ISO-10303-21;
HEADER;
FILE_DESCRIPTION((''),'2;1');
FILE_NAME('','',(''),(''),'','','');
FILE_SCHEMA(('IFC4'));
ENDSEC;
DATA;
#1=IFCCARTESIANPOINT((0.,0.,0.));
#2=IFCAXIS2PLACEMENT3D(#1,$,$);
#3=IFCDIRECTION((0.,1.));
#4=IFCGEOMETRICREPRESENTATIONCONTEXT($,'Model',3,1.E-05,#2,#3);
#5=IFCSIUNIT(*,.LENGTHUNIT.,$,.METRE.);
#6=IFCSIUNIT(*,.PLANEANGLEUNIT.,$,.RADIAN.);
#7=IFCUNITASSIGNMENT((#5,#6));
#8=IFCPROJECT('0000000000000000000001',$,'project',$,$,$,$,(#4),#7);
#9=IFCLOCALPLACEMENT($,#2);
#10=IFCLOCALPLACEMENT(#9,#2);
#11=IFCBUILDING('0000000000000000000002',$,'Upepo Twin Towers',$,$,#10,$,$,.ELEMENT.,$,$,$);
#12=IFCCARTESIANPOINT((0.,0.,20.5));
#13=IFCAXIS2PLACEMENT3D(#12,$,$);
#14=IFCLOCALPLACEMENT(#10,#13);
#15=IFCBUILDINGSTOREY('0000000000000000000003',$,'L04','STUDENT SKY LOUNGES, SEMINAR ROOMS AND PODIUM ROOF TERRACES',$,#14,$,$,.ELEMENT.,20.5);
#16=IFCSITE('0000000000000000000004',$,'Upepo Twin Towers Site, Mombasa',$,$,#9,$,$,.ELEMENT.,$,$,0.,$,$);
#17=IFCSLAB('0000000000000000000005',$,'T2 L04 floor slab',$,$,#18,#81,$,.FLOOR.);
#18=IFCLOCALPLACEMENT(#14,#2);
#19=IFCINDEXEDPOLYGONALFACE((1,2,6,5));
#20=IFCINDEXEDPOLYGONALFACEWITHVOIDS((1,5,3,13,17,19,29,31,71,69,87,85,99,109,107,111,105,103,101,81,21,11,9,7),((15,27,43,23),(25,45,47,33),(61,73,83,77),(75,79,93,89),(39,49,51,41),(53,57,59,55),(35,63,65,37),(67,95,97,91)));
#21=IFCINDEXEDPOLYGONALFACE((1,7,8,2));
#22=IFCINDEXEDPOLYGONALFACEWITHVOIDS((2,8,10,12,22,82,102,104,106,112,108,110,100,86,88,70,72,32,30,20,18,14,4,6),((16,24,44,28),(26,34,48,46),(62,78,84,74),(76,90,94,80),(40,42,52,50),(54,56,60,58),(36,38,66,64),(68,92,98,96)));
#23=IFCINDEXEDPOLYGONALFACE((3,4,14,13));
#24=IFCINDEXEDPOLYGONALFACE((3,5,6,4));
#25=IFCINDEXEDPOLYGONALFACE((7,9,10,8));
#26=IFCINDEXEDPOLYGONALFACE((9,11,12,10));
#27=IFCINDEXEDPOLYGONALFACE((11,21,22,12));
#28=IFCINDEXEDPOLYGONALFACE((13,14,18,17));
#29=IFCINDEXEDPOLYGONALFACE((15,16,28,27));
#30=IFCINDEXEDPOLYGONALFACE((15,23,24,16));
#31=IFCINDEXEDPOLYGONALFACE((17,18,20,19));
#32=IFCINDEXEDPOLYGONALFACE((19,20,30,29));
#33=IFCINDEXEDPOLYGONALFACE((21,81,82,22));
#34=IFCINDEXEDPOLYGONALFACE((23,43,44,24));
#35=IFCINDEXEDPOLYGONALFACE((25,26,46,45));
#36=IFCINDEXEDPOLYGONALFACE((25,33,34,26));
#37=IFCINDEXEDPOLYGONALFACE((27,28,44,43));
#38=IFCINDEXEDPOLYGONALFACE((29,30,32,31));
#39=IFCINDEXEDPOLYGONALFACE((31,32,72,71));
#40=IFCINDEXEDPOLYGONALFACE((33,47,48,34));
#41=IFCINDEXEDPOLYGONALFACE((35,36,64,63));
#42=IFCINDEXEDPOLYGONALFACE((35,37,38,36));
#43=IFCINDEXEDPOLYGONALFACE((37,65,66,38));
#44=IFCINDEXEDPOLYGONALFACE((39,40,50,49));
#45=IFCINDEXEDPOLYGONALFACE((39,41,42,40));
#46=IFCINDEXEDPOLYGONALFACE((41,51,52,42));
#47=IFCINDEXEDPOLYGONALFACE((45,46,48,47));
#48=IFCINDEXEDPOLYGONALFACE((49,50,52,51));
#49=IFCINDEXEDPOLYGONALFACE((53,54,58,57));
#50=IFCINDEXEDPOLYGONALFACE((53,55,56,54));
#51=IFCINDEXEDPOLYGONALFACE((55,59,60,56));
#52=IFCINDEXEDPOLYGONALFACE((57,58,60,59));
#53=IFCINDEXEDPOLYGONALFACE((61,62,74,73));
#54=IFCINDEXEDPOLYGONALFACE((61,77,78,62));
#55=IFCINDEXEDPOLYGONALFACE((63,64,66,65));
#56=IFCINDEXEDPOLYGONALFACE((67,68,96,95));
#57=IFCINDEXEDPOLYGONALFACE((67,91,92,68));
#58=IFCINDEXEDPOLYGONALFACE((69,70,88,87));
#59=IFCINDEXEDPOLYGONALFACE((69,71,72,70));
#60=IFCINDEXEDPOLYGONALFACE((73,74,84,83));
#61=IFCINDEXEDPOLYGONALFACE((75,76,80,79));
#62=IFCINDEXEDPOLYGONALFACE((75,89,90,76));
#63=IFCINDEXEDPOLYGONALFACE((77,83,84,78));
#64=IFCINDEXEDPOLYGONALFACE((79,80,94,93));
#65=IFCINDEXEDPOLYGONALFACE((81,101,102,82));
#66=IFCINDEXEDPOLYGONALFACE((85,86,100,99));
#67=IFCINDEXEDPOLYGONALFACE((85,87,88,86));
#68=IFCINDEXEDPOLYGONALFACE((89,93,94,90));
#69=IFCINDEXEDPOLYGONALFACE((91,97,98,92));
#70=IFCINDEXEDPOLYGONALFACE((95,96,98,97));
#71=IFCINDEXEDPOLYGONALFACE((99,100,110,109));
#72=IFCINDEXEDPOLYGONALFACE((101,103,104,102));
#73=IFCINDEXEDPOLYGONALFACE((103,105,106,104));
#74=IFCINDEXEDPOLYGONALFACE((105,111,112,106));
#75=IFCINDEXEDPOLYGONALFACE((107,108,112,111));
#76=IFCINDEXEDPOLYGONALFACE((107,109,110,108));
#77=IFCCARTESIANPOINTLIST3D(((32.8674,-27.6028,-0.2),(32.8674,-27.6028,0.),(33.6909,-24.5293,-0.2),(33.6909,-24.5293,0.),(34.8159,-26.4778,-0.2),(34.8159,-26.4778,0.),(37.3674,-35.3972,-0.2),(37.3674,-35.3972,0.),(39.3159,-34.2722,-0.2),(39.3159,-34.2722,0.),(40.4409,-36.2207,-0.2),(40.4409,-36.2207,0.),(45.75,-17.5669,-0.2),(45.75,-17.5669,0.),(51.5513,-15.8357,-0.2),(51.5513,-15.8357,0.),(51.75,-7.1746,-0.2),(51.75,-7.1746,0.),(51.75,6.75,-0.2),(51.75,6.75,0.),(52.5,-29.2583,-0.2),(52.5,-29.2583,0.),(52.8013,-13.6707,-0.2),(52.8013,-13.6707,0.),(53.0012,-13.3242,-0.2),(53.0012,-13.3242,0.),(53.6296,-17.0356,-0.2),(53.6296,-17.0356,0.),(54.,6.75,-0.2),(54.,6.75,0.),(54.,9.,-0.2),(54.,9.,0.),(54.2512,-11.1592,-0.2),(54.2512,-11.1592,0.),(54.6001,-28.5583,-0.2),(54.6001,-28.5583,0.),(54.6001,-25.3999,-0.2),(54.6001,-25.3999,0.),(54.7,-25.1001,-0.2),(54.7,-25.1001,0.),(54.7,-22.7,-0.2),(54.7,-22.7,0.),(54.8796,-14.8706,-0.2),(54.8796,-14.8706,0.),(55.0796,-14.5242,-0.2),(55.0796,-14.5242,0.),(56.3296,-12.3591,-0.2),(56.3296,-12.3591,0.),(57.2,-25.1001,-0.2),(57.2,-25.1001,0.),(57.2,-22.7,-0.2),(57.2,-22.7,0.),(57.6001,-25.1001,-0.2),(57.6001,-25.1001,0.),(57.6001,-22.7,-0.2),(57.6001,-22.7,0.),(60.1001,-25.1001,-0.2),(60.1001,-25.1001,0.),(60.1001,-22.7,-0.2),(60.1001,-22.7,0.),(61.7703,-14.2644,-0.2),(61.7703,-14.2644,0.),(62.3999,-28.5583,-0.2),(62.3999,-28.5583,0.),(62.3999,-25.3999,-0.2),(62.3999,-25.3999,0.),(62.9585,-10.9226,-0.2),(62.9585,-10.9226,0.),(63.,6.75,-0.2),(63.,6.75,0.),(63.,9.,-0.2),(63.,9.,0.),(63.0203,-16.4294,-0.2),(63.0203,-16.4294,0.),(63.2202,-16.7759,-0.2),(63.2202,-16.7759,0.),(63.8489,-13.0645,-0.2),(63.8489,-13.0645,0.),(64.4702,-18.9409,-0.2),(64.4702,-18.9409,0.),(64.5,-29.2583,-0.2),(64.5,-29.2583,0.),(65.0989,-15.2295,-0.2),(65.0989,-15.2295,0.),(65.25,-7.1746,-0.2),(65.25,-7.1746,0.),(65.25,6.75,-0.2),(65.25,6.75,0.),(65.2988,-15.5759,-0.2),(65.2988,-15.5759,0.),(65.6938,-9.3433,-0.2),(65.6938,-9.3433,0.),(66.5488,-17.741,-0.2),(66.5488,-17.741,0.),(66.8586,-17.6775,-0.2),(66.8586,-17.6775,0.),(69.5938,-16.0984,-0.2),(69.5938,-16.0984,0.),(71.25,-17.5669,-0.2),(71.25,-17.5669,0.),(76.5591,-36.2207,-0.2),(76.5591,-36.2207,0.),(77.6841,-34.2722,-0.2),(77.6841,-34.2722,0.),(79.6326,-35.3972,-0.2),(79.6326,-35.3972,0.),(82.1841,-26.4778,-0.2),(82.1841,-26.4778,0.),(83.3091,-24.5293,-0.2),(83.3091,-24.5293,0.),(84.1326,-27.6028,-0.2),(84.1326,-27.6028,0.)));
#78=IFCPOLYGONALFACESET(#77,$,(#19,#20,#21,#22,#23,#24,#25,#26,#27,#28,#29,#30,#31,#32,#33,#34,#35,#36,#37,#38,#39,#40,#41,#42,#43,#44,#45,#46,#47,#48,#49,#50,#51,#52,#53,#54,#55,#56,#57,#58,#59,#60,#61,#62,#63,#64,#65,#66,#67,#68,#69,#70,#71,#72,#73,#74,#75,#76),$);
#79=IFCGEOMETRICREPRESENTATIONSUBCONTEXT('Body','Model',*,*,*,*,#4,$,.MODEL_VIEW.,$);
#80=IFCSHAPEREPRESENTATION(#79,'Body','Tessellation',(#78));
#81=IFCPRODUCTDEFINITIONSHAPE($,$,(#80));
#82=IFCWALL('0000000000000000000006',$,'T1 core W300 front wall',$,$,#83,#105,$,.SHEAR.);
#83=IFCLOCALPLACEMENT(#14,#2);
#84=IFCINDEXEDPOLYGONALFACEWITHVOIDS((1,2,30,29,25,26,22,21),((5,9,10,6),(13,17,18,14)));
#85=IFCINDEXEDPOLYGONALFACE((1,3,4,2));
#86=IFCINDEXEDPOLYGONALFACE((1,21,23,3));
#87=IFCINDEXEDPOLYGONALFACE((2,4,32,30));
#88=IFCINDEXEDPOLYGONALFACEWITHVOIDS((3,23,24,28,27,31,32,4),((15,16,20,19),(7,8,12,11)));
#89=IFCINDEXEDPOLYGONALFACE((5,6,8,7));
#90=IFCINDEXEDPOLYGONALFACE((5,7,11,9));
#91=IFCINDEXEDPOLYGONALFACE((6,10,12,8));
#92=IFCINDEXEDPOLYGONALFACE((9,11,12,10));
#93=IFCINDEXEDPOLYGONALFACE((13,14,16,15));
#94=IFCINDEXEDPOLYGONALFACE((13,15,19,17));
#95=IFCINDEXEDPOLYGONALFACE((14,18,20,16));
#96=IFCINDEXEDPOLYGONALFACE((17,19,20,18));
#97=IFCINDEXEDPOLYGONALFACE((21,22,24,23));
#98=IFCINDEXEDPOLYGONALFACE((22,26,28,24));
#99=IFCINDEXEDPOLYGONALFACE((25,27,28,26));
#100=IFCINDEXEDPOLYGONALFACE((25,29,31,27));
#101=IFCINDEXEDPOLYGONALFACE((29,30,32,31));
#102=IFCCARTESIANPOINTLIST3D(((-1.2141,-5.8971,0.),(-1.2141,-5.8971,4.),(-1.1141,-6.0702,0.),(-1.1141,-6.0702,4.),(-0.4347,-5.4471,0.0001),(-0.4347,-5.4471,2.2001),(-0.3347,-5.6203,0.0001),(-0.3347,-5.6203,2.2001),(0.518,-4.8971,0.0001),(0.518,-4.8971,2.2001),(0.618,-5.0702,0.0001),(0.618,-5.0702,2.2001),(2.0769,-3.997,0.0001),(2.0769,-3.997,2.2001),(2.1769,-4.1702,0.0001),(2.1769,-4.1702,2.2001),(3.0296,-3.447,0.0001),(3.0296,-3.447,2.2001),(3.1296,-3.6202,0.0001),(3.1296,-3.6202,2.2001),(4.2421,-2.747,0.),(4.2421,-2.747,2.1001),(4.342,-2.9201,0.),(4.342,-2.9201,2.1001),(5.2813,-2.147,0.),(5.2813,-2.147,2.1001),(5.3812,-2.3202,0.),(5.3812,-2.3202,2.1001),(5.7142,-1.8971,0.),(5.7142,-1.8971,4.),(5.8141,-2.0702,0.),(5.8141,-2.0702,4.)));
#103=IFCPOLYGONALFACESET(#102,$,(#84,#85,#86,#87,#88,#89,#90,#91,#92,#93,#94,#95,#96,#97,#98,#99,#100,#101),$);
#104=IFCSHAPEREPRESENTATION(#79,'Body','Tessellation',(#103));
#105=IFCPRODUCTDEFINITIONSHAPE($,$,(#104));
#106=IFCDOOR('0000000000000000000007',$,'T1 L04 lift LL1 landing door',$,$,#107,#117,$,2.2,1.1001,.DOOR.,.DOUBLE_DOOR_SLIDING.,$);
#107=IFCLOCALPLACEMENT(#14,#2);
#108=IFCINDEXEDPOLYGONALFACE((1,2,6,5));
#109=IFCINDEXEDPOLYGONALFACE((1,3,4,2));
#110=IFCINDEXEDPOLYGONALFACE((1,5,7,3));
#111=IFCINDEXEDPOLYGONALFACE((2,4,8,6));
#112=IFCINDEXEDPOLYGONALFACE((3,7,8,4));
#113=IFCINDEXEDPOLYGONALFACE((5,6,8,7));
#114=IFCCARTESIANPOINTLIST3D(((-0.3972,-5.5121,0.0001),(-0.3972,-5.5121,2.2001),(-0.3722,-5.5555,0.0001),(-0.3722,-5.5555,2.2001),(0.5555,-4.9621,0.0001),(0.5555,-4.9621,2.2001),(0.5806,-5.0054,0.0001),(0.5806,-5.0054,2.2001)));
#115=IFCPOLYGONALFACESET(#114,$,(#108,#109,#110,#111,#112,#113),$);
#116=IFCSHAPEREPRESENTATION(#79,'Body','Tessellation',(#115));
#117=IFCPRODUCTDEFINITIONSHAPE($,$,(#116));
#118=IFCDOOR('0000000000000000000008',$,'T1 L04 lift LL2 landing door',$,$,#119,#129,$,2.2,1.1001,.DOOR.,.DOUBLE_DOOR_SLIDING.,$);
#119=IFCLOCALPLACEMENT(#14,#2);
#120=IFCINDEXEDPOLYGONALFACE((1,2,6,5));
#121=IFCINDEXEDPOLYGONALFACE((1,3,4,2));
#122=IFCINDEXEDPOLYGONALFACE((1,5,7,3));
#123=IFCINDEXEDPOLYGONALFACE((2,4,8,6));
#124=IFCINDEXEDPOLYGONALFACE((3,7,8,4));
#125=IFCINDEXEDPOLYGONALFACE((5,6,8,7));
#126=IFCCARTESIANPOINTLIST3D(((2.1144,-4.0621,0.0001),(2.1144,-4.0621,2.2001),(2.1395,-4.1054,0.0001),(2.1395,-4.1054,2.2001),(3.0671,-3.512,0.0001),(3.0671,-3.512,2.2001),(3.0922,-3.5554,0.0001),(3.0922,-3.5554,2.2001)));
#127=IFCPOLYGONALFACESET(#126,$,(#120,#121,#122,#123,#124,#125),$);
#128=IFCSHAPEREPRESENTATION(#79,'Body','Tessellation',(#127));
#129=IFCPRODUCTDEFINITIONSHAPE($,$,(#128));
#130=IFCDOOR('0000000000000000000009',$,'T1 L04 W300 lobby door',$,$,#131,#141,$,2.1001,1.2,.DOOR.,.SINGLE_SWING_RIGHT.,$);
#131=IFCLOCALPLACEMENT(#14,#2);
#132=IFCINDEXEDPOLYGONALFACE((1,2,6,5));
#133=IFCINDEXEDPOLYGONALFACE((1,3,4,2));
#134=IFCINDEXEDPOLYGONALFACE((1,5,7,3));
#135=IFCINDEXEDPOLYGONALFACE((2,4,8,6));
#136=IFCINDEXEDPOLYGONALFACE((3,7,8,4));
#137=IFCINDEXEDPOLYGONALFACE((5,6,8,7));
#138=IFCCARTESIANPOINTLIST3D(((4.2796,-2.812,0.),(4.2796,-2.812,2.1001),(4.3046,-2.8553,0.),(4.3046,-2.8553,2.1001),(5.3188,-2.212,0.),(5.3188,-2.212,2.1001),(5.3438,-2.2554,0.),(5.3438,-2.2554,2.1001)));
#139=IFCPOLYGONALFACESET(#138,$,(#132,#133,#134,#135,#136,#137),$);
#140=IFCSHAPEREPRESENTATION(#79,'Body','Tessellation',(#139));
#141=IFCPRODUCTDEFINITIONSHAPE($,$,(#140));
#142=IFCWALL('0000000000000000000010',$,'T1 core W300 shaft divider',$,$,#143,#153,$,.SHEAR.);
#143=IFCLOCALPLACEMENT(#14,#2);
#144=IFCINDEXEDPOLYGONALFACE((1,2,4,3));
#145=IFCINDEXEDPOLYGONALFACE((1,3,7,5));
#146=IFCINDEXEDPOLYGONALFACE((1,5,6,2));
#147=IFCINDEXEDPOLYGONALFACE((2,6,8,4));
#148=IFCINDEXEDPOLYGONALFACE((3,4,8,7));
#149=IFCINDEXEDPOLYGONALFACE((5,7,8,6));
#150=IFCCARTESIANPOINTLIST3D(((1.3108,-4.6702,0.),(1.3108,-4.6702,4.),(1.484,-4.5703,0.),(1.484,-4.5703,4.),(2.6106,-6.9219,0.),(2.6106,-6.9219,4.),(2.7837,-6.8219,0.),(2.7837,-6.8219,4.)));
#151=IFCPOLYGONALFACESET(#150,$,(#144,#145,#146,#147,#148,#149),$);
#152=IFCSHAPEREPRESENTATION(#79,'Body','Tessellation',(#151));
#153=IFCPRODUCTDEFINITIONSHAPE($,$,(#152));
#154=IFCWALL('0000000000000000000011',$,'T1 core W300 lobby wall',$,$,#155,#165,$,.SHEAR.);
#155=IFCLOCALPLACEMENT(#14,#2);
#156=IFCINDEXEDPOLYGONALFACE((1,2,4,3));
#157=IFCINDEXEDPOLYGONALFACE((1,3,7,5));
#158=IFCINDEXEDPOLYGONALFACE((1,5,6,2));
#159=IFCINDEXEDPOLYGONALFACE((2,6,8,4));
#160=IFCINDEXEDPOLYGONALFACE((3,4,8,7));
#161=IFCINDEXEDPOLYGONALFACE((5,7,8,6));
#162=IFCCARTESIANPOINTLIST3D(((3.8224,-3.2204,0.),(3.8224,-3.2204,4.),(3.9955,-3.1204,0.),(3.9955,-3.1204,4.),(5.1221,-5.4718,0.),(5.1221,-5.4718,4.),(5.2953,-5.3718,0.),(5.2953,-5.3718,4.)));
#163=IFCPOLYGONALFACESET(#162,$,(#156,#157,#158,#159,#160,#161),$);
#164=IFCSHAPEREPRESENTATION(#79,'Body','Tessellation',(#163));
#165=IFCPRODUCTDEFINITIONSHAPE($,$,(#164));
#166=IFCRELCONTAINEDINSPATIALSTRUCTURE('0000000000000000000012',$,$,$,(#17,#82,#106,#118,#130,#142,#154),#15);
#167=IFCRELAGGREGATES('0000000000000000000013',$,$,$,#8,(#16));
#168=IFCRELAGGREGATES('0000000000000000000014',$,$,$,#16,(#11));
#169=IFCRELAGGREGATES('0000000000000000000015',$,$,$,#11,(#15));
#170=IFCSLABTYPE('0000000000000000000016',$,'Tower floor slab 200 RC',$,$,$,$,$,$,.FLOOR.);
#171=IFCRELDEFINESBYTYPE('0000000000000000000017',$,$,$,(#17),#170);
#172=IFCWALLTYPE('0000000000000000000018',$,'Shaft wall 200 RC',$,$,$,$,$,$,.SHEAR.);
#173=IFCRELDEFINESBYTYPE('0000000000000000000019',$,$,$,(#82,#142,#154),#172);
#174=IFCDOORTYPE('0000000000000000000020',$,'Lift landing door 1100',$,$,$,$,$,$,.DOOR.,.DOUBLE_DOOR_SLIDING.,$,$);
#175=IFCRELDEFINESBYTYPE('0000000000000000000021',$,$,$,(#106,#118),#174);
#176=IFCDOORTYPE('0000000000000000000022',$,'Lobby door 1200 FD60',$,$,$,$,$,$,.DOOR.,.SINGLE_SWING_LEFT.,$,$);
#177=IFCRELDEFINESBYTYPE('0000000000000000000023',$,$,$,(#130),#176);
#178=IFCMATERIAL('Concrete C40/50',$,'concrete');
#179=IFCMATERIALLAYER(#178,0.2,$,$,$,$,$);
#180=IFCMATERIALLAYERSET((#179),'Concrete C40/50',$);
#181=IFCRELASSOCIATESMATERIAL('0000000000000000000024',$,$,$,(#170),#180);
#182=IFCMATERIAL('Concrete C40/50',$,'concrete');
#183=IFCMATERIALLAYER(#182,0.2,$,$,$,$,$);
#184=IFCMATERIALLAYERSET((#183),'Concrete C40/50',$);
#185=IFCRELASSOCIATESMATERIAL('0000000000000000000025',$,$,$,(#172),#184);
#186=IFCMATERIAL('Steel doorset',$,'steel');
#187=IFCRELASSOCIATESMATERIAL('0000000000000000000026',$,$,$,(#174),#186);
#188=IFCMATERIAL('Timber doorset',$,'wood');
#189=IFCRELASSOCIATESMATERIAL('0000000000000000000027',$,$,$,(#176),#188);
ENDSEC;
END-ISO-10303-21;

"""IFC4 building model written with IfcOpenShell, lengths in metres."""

from ifc_helpers import new_model, si_unit, direction, frame, frame_2d, origin, place, context, subcontext, project, spatial, polyline, rectangle, outline, extrude, material, layer, layer_set, type_object, element, fill, save


model = new_model("IFC4")

# Units and contexts
model_context = context("Model", 3, precision=1e-05, world=origin(), true_north=direction((0.0, 1.0)))
body_context = subcontext(model_context, "Body", "Model", "MODEL_VIEW")
ifc_project = project(units=[si_unit("LENGTHUNIT", "METRE"), si_unit("PLANEANGLEUNIT", "RADIAN")], contexts=[model_context])

# Site, building, storey
site_placement = place(None, origin())
site = spatial("IfcSite", under=ifc_project, at=site_placement, Name="Upepo Twin Towers Site, Mombasa", CompositionType="ELEMENT", RefElevation=0.0)
building_placement = place(site_placement, origin())
building = spatial("IfcBuilding", under=site, at=building_placement, Name="Upepo Twin Towers", CompositionType="ELEMENT")
storey_placement = place(building_placement, frame((0.0, 0.0, 20.5)))
storey = spatial("IfcBuildingStorey", under=building, at=storey_placement, Name="L04", Description="STUDENT SKY LOUNGES, SEMINAR ROOMS AND PODIUM ROOF TERRACES", CompositionType="ELEMENT", Elevation=20.5)

# Slab
ifc_material_1 = material(Name="Concrete C40/50", Category="concrete")
ifc_layer_1 = layer(ifc_material_1, 0.2)
ifc_layer_set_1 = layer_set([ifc_layer_1], Name="Concrete C40/50")
slab_type_1 = type_object("IfcSlabType", Name="Tower floor slab 200 RC", PredefinedType="FLOOR", material=ifc_layer_set_1)
slab_1_placement = place(storey_placement, frame((0.0, 0.0, -0.2)))
element("IfcSlab", 1, at=slab_1_placement, inside=storey, type_object=slab_type_1, Name="T2 L04 floor slab", PredefinedType="FLOOR", context=body_context, shape_type="SweptSolid", body=[
    extrude(outline(polyline([(82.1841, -26.4778), (84.1326, -27.6028), (79.6326, -35.3972), (77.6841, -34.2722), (76.5591, -36.2207), (64.5, -29.2583), (52.5, -29.2583), (40.4409, -36.2207), (39.3159, -34.2722), (37.3674, -35.3972), (32.8674, -27.6028), (34.8159, -26.4778), (33.6909, -24.5293), (45.75, -17.5669), (51.75, -7.1746), (51.75, 6.75), (54.0, 6.75), (54.0, 9.0), (63.0, 9.0), (63.0, 6.75), (65.25, 6.75), (65.25, -7.1746), (71.25, -17.5669), (83.3091, -24.5293), (82.1841, -26.4778)]), holes=[polyline([(56.3296, -12.3591), (54.2512, -11.1592), (53.0012, -13.3242), (55.0796, -14.5242), (56.3296, -12.3591)]), polyline([(54.8796, -14.8706), (52.8013, -13.6707), (51.5513, -15.8357), (53.6296, -17.0356), (54.8796, -14.8706)]), polyline([(54.7, -22.7), (54.7, -25.1001), (57.2, -25.1001), (57.2, -22.7), (54.7, -22.7)]), polyline([(57.6001, -22.7), (57.6001, -25.1001), (60.1001, -25.1001), (60.1001, -22.7), (57.6001, -22.7)]), polyline([(54.6001, -25.3999), (54.6001, -28.5583), (62.3999, -28.5583), (62.3999, -25.3999), (54.6001, -25.3999)]), polyline([(64.4702, -18.9409), (66.5488, -17.741), (65.2988, -15.5759), (63.2202, -16.7759), (64.4702, -18.9409)]), polyline([(63.0203, -16.4294), (65.0989, -15.2295), (63.8489, -13.0645), (61.7703, -14.2644), (63.0203, -16.4294)]), polyline([(66.8586, -17.6775), (69.5938, -16.0984), (65.6938, -9.3433), (62.9585, -10.9226), (66.8586, -17.6775)])]), origin(), (0.0, 0.0, 1.0), 0.2),
])

# Wall, openings, doors
ifc_material_2 = material(Name="Concrete C40/50", Category="concrete")
ifc_layer_2 = layer(ifc_material_2, 0.2)
ifc_layer_set_2 = layer_set([ifc_layer_2], Name="Concrete C40/50")
wall_type_1 = type_object("IfcWallType", Name="Shaft wall 200 RC", PredefinedType="SHEAR", material=ifc_layer_set_2)
wall_1_placement = place(storey_placement, frame((-1.1641, -5.9836, 0.0), z_axis=(0.0, 0.0, 1.0), x_axis=(0.866026, 0.499999, 0.0)))
wall_1 = element("IfcWall", 2, at=wall_1_placement, inside=storey, type_object=wall_type_1, Name="T1 core W300 front wall", PredefinedType="SHEAR", context=body_context, shape_type="SweptSolid", body=[
    extrude(rectangle(XDim=8.0, YDim=0.2, at=frame_2d((4.0, 0.0))), origin(), (0.0, 0.0, 1.0), 4.0),
])
opening_1_placement = place(wall_1_placement, frame((6.3, 0.0, 0.0)))
opening_1 = element("IfcOpeningElement", 3, at=opening_1_placement, cuts=wall_1, PredefinedType="OPENING", context=body_context, shape_type="SweptSolid", body=[
    extrude(rectangle(XDim=1.2, YDim=2.1001, at=frame_2d((0.6001, 1.05))), frame((0.0, 0.1099, 0.0), z_axis=(0.0, -1.0, 0.0), x_axis=(1.0, 0.0, 0.0)), (0.0, 0.0, 1.0), 0.22),
])
opening_2_placement = place(wall_1_placement, frame((0.8999, 0.0, 0.0)))
opening_2 = element("IfcOpeningElement", 4, at=opening_2_placement, cuts=wall_1, PredefinedType="OPENING", context=body_context, shape_type="SweptSolid", body=[
    extrude(rectangle(XDim=1.1001, YDim=2.2, at=frame_2d((0.55, 1.1001))), frame((0.0, 0.1099, 0.0), z_axis=(0.0, -1.0, 0.0), x_axis=(1.0, 0.0, 0.0)), (0.0, 0.0, 1.0), 0.22),
])
opening_3_placement = place(wall_1_placement, frame((3.8, 0.0, 0.0)))
opening_3 = element("IfcOpeningElement", 5, at=opening_3_placement, cuts=wall_1, PredefinedType="OPENING", context=body_context, shape_type="SweptSolid", body=[
    extrude(rectangle(XDim=1.1001, YDim=2.2, at=frame_2d((0.55, 1.1001))), frame((0.0, 0.1099, 0.0), z_axis=(0.0, -1.0, 0.0), x_axis=(1.0, 0.0, 0.0)), (0.0, 0.0, 1.0), 0.22),
])
ifc_material_3 = material(Name="Steel doorset", Category="steel")
door_type_1 = type_object("IfcDoorType", Name="Lift landing door 1100", OperationType="DOUBLE_DOOR_SLIDING", PredefinedType="DOOR", material=ifc_material_3)
door_1_placement = place(opening_2_placement, origin())
door_1 = element("IfcDoor", 6, at=door_1_placement, inside=storey, type_object=door_type_1, Name="T1 L04 lift LL1 landing door", OperationType="DOUBLE_DOOR_SLIDING", OverallHeight=2.2, OverallWidth=1.1001, PredefinedType="DOOR", context=body_context, shape_type="SweptSolid", body=[
    extrude(rectangle(XDim=1.1001, YDim=2.2, at=frame_2d((0.55, 1.1001))), frame((0.0, 0.0249, 0.0), z_axis=(0.0, -1.0, 0.0), x_axis=(1.0, 0.0, 0.0)), (0.0, 0.0, 1.0), 0.05),
])
fill(opening_2, door_1)
door_2_placement = place(opening_3_placement, origin())
door_2 = element("IfcDoor", 7, at=door_2_placement, inside=storey, type_object=door_type_1, Name="T1 L04 lift LL2 landing door", OperationType="DOUBLE_DOOR_SLIDING", OverallHeight=2.2, OverallWidth=1.1001, PredefinedType="DOOR", context=body_context, shape_type="SweptSolid", body=[
    extrude(rectangle(XDim=1.1001, YDim=2.2, at=frame_2d((0.55, 1.1001))), frame((0.0, 0.0249, 0.0), z_axis=(0.0, -1.0, 0.0), x_axis=(1.0, 0.0, 0.0)), (0.0, 0.0, 1.0), 0.05),
])
fill(opening_3, door_2)
ifc_material_4 = material(Name="Timber doorset", Category="wood")
door_type_2 = type_object("IfcDoorType", Name="Lobby door 1200 FD60", OperationType="SINGLE_SWING_LEFT", PredefinedType="DOOR", material=ifc_material_4)
door_3_placement = place(opening_1_placement, origin())
door_3 = element("IfcDoor", 8, at=door_3_placement, inside=storey, type_object=door_type_2, Name="T1 L04 W300 lobby door", OperationType="SINGLE_SWING_RIGHT", OverallHeight=2.1001, OverallWidth=1.2, PredefinedType="DOOR", context=body_context, shape_type="SweptSolid", body=[
    extrude(rectangle(XDim=1.2, YDim=2.1001, at=frame_2d((0.6001, 1.05))), frame((0.0, 0.0249, 0.0), z_axis=(0.0, -1.0, 0.0), x_axis=(1.0, 0.0, 0.0)), (0.0, 0.0, 1.0), 0.05),
])
fill(opening_1, door_3)

# Walls
wall_2_placement = place(storey_placement, frame((1.3975, -4.6204, 0.0), z_axis=(0.0, 0.0, 1.0), x_axis=(0.499937, -0.866062, 0.0)))
element("IfcWall", 9, at=wall_2_placement, inside=storey, type_object=wall_type_1, Name="T1 core W300 shaft divider", PredefinedType="SHEAR", context=body_context, shape_type="SweptSolid", body=[
    extrude(rectangle(XDim=2.5999, YDim=0.2, at=frame_2d((1.2998, 0.0))), origin(), (0.0, 0.0, 1.0), 4.0),
])
wall_3_placement = place(storey_placement, frame((3.9089, -3.1704, 0.0), z_axis=(0.0, 0.0, 1.0), x_axis=(0.499977, -0.866039, 0.0)))
element("IfcWall", 10, at=wall_3_placement, inside=storey, type_object=wall_type_1, Name="T1 core W300 lobby wall", PredefinedType="SHEAR", context=body_context, shape_type="SweptSolid", body=[
    extrude(rectangle(XDim=2.5996, YDim=0.2, at=frame_2d((1.2998, 0.0))), origin(), (0.0, 0.0, 1.0), 4.0),
])

save(model, "model.ifc")
